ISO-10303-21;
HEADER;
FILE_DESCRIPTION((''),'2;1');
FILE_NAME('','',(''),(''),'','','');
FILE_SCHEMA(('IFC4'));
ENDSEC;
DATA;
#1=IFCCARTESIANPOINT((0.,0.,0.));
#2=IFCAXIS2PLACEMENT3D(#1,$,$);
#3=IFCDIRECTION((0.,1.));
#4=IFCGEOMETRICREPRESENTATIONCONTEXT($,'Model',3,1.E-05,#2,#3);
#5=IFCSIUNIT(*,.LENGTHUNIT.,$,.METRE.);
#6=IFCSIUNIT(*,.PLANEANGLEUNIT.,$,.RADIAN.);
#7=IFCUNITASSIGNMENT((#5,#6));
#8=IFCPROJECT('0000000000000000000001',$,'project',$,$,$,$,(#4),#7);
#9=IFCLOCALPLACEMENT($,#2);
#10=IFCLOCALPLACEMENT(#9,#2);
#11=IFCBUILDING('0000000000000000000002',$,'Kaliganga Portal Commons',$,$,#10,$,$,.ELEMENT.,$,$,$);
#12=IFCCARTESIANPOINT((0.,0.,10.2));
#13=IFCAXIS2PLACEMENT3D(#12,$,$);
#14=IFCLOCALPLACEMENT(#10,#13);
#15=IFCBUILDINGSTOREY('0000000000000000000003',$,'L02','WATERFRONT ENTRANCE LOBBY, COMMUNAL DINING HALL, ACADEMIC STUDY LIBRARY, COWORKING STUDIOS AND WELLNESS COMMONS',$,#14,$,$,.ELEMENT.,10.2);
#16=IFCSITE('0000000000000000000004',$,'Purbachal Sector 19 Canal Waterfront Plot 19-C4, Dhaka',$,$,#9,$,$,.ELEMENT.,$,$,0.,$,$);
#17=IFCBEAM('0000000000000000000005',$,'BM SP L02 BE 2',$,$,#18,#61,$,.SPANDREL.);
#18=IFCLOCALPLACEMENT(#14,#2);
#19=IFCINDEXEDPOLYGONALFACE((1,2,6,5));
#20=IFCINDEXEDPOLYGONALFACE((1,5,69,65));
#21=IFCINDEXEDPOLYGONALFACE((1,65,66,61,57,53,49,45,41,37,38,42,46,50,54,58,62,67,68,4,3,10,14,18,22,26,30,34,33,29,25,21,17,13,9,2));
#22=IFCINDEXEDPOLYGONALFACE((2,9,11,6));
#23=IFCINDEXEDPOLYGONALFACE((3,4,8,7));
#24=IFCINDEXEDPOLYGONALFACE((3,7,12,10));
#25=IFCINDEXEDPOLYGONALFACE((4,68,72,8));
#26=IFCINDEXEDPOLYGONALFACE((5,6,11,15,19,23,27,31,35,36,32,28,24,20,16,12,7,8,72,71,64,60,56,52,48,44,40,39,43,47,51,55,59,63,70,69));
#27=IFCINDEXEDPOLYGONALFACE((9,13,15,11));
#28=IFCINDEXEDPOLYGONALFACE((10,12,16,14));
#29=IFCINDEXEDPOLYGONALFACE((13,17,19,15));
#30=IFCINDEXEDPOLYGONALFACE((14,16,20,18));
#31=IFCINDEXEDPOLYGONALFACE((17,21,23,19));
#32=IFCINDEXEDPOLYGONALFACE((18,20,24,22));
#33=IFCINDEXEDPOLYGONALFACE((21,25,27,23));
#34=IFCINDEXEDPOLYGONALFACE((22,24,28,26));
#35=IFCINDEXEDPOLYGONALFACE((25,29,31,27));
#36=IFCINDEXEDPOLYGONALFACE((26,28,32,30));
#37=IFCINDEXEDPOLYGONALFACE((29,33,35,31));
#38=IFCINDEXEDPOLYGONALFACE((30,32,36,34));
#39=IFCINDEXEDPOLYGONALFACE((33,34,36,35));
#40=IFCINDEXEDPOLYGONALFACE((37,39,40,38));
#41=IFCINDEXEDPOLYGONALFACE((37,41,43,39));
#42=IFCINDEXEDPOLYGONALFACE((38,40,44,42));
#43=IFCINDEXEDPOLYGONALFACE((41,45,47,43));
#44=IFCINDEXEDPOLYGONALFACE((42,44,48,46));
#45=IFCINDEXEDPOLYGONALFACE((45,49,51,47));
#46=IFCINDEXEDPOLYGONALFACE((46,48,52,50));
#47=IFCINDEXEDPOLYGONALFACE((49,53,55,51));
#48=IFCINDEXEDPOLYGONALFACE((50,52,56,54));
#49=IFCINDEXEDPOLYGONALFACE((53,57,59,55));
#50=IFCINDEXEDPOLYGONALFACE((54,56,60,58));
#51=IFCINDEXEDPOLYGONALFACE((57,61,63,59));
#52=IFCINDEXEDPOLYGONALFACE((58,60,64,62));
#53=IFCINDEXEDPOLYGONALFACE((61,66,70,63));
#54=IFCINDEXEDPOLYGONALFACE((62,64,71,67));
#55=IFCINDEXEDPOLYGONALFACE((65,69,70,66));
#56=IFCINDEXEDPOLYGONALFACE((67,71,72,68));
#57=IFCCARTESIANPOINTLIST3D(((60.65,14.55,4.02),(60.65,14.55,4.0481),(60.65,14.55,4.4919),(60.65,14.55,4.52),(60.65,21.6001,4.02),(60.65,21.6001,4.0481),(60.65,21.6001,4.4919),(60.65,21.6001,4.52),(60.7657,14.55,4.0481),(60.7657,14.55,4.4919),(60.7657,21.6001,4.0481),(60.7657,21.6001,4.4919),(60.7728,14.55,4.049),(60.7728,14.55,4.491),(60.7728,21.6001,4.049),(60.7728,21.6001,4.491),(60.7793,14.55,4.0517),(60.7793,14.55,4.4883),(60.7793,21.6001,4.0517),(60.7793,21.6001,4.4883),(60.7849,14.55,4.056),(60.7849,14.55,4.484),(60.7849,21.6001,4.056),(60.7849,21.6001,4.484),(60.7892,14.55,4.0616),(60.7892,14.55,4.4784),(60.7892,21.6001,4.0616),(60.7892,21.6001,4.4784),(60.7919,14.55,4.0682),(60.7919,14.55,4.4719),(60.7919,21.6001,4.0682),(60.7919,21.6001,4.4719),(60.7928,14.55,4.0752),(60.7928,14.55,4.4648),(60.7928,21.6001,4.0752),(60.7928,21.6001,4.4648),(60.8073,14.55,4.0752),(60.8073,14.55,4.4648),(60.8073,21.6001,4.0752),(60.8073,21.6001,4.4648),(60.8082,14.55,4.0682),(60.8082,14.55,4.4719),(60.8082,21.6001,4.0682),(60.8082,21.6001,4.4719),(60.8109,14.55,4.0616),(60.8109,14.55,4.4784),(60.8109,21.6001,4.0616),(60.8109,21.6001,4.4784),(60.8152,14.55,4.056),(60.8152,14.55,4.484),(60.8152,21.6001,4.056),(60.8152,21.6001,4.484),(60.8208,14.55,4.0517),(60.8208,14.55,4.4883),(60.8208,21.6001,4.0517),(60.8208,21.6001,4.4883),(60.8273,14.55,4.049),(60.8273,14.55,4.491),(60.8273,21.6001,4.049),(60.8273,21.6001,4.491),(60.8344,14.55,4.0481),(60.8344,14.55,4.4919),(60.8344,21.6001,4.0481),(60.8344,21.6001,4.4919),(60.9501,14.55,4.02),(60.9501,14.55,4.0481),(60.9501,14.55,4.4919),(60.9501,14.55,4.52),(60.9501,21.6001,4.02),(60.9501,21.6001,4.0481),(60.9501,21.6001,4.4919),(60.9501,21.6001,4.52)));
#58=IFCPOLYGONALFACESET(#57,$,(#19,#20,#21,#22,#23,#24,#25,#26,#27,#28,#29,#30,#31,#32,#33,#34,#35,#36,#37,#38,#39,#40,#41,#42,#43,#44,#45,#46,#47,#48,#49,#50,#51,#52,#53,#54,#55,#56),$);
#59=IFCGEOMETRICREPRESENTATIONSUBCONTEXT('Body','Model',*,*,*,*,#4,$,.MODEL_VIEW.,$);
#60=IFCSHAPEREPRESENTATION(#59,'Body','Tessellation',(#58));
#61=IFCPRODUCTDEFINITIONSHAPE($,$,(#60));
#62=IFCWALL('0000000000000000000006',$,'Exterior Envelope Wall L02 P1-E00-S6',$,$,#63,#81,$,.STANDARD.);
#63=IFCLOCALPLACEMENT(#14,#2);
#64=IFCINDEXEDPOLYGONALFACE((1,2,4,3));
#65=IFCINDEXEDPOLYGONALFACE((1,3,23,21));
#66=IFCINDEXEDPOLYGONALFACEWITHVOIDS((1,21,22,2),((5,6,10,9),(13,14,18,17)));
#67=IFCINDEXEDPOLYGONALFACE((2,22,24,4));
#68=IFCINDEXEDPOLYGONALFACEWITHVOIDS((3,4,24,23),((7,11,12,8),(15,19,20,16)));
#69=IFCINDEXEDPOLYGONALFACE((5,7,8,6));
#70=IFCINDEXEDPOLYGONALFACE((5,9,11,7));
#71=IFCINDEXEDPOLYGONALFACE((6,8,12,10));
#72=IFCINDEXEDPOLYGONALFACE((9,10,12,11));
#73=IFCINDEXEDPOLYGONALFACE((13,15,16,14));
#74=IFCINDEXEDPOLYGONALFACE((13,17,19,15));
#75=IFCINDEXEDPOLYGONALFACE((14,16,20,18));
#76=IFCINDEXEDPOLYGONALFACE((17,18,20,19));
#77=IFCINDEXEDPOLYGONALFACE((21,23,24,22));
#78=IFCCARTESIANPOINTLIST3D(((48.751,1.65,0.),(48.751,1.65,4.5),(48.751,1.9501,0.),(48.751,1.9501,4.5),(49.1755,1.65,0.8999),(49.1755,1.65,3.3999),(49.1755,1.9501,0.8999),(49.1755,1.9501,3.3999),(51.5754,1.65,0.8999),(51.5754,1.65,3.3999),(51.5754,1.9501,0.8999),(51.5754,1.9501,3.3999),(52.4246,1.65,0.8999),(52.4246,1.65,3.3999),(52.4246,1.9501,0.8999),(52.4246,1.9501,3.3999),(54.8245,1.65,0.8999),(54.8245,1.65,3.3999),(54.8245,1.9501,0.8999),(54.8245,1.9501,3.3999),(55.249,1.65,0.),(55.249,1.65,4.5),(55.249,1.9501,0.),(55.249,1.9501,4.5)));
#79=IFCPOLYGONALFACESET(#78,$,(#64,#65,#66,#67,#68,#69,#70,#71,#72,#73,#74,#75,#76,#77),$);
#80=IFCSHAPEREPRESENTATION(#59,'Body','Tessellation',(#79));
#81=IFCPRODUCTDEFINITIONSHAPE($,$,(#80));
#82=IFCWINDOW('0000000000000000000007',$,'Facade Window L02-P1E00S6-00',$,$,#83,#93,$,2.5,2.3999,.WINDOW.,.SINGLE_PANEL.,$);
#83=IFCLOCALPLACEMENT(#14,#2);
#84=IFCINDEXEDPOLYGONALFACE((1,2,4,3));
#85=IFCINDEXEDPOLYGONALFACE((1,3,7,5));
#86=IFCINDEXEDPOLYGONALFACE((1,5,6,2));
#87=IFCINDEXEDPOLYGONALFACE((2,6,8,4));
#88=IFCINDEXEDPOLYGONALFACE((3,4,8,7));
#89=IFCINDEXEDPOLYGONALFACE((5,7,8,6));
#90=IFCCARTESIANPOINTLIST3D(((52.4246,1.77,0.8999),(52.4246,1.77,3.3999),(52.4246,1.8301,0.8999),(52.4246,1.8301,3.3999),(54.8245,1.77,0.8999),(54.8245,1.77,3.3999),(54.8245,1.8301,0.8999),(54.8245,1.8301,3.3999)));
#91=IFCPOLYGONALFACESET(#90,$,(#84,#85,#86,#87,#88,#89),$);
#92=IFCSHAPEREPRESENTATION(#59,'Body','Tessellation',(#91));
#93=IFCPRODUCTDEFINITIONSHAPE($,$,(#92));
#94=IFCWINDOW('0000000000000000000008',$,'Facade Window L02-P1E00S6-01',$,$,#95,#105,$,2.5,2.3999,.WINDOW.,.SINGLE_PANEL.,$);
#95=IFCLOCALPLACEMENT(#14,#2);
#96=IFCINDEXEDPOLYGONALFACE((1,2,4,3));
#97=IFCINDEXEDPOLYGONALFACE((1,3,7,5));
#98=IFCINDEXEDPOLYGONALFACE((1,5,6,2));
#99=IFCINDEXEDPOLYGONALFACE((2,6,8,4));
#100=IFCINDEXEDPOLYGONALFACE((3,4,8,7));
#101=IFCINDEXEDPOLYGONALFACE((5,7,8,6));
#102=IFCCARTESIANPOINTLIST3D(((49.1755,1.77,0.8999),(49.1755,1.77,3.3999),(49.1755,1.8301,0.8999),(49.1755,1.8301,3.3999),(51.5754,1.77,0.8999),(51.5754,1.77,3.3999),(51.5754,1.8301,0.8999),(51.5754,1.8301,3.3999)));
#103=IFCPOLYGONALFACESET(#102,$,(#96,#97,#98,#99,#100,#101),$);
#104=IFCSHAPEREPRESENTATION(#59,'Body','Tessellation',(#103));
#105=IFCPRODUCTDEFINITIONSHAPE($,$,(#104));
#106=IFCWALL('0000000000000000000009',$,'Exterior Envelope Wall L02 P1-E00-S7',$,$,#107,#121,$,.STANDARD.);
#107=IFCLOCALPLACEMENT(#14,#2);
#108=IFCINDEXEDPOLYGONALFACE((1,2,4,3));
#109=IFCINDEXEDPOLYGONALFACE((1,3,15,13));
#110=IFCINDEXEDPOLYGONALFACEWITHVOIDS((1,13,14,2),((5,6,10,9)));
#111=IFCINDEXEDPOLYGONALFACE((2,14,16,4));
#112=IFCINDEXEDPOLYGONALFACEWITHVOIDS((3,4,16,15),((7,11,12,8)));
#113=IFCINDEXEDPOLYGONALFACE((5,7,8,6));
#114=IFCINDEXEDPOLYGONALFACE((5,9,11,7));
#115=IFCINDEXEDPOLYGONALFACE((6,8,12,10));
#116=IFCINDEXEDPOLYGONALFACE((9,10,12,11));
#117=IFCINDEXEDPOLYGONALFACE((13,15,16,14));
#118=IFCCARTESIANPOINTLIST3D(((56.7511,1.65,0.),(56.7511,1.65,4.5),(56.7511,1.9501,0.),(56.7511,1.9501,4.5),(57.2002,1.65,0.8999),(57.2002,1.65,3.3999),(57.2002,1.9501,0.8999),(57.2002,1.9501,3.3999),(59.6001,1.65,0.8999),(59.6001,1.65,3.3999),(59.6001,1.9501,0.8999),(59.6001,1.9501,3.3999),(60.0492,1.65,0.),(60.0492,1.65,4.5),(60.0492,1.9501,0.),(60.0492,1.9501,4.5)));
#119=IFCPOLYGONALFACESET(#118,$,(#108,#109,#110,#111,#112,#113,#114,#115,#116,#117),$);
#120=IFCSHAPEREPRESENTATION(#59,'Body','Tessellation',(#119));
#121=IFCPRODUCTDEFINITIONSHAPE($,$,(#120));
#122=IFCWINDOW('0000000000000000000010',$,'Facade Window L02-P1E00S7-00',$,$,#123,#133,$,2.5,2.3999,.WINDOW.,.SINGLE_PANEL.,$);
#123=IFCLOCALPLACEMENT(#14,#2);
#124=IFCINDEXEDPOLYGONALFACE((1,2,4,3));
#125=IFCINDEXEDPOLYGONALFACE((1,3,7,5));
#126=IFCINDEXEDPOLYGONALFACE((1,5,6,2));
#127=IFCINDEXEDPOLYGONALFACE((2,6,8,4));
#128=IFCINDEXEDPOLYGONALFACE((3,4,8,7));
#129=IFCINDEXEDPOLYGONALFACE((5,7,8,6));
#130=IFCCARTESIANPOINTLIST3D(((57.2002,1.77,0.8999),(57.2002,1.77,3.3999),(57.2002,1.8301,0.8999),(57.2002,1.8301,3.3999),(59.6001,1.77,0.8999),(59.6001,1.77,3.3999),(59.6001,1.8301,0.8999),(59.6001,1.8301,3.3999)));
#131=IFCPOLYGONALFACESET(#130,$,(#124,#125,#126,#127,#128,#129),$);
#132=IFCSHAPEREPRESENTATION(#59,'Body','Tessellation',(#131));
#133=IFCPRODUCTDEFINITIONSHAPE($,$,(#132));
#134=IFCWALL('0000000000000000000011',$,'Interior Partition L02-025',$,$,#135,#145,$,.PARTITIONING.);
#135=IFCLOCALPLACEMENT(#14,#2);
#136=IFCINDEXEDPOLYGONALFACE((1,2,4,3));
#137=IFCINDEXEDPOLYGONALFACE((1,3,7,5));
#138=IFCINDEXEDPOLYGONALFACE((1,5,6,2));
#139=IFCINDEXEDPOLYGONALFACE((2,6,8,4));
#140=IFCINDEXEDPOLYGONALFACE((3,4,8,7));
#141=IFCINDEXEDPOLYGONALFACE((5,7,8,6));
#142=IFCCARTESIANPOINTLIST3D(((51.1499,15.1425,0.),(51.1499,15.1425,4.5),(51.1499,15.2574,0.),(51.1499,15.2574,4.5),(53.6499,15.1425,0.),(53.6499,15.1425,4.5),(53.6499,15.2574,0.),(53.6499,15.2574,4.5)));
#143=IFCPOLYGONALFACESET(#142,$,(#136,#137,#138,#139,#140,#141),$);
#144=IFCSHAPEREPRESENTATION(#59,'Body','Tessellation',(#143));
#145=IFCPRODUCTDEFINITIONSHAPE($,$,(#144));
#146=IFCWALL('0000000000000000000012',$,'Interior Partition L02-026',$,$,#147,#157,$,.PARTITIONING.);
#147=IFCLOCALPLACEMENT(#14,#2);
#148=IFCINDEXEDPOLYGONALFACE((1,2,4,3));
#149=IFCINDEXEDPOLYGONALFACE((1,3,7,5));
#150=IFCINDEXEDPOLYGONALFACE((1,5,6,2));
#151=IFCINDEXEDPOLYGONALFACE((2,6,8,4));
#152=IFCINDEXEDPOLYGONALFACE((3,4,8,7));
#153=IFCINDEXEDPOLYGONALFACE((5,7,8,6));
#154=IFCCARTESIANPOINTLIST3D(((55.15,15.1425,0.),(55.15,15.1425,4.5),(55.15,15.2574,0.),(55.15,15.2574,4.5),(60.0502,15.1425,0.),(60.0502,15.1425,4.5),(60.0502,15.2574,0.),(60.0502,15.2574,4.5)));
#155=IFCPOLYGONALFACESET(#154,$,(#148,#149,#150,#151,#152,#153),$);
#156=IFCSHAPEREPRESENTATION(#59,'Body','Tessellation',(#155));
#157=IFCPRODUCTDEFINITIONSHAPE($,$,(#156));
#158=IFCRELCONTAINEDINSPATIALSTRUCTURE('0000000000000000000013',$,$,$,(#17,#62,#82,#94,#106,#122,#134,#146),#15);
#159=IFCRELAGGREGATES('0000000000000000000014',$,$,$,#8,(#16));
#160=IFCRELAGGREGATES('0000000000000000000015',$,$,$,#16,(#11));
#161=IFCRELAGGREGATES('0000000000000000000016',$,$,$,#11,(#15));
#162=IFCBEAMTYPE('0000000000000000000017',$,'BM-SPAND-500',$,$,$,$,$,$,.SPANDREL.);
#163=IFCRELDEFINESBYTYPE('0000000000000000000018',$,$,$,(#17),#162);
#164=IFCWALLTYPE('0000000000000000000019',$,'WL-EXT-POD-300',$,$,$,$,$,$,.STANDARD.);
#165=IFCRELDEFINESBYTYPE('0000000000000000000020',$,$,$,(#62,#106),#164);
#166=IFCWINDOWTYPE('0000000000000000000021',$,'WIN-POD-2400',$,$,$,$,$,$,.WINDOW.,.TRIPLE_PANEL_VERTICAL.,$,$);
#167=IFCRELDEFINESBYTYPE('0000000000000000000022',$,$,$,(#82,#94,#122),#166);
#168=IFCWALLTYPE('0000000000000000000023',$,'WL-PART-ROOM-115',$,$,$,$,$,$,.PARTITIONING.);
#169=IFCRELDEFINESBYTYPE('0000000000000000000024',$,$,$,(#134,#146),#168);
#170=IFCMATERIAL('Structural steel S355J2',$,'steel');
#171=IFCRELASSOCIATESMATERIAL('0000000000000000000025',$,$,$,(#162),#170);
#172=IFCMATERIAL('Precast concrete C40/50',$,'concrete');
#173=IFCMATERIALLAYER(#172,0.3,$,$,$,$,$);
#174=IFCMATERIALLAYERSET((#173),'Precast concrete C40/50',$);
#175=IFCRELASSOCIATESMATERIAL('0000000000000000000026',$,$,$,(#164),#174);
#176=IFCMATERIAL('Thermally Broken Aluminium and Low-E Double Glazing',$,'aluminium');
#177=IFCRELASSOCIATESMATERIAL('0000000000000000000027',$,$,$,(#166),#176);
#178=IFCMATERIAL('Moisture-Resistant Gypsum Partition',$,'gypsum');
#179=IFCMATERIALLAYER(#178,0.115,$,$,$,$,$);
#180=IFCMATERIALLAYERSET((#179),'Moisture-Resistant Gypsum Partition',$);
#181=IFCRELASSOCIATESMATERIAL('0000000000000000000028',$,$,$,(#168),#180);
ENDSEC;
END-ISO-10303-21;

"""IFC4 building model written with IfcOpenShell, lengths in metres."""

from ifc_helpers import new_model, si_unit, direction, frame, frame_2d, origin, origin_2d, place, context, subcontext, project, spatial, rectangle, i_section, extrude, source, transform, mapped, material, layer, layer_set, material_profile, profile_set, type_object, element, fill, save


model = new_model("IFC4")

# Units and contexts
model_context = context("Model", 3, precision=1e-05, world=origin(), true_north=direction((0.0, 1.0)))
body_context = subcontext(model_context, "Body", "Model", "MODEL_VIEW")
ifc_project = project(units=[si_unit("LENGTHUNIT", "METRE"), si_unit("PLANEANGLEUNIT", "RADIAN")], contexts=[model_context])

# Site, building, storey
site_placement = place(None, origin())
site = spatial("IfcSite", under=ifc_project, at=site_placement, Name="Purbachal Sector 19 Canal Waterfront Plot 19-C4, Dhaka", CompositionType="ELEMENT", RefElevation=0.0)
building_placement = place(site_placement, origin())
building = spatial("IfcBuilding", under=site, at=building_placement, Name="Kaliganga Portal Commons", CompositionType="ELEMENT")
storey_placement = place(building_placement, frame((0.0, 0.0, 10.2)))
storey = spatial("IfcBuildingStorey", under=building, at=storey_placement, Name="L02", Description="WATERFRONT ENTRANCE LOBBY, COMMUNAL DINING HALL, ACADEMIC STUDY LIBRARY, COWORKING STUDIOS AND WELLNESS COMMONS", CompositionType="ELEMENT", Elevation=10.2)

# Beam
ifc_material_1 = material(Name="Structural steel S355J2", Category="steel")
ifc_material_profile_1 = material_profile(ifc_material_1, i_section(OverallWidth=0.3, OverallDepth=0.5, WebThickness=0.0144, FlangeThickness=0.0281, FilletRadius=0.0271, at=origin_2d()), Name="HE 500 B")
ifc_profile_set_1 = profile_set([ifc_material_profile_1], Name="Structural steel S355J2 wide-flange")
beam_type_1 = type_object("IfcBeamType", Name="BM-SPAND-500", PredefinedType="SPANDREL", material=ifc_profile_set_1)
shared_shape_1 = source(origin(), body_context, "Body", "SweptSolid", [
    extrude(i_section(OverallWidth=0.3, OverallDepth=0.5, WebThickness=0.0144, FlangeThickness=0.0281, FilletRadius=0.0271, at=origin_2d()), origin(), (0.0, 0.0, 1.0), 7.05),
])
beam_1_placement = place(storey_placement, frame((60.8, 14.55, 4.27), z_axis=(0.0, 1.0, 0.0), x_axis=(-1.0, 0.0, 0.0)))
element("IfcBeam", 1, at=beam_1_placement, inside=storey, type_object=beam_type_1, Name="BM SP L02 BE 2", PredefinedType="SPANDREL", context=body_context, shape_type="MappedRepresentation", body=[
    mapped(shared_shape_1, transform((0.0, 0.0, 0.0), x_axis=(1.0, 0.0, 0.0), y_axis=(0.0, 1.0, 0.0), z_axis=(0.0, 0.0, 1.0), scale=1.0)),
])

# Wall, openings, windows
ifc_material_2 = material(Name="Precast concrete C40/50", Category="concrete")
ifc_layer_1 = layer(ifc_material_2, 0.3)
ifc_layer_set_1 = layer_set([ifc_layer_1], Name="Precast concrete C40/50")
wall_type_1 = type_object("IfcWallType", Name="WL-EXT-POD-300", PredefinedType="STANDARD", material=ifc_layer_set_1)
wall_1_placement = place(storey_placement, frame((55.249, 1.8, 0.0), z_axis=(0.0, 0.0, 1.0), x_axis=(-1.0, 0.0, 0.0)))
wall_1 = element("IfcWall", 2, at=wall_1_placement, inside=storey, type_object=wall_type_1, Name="Exterior Envelope Wall L02 P1-E00-S6", PredefinedType="STANDARD", context=body_context, shape_type="SweptSolid", body=[
    extrude(rectangle(XDim=6.498, YDim=0.3, at=frame_2d((3.249, 0.0))), origin(), (0.0, 0.0, 1.0), 4.5),
])
opening_1_placement = place(wall_1_placement, frame((0.4246, 0.0, 0.8999)))
opening_1 = element("IfcOpeningElement", 3, at=opening_1_placement, cuts=wall_1, PredefinedType="OPENING", context=body_context, shape_type="SweptSolid", body=[
    extrude(rectangle(XDim=2.3999, YDim=2.5, at=frame_2d((1.2, 1.25))), frame((0.0, 0.1602, 0.0), z_axis=(0.0, -1.0, 0.0), x_axis=(1.0, 0.0, 0.0)), (0.0, 0.0, 1.0), 0.3201),
])
opening_2_placement = place(wall_1_placement, frame((3.6736, 0.0, 0.8999)))
opening_2 = element("IfcOpeningElement", 4, at=opening_2_placement, cuts=wall_1, PredefinedType="OPENING", context=body_context, shape_type="SweptSolid", body=[
    extrude(rectangle(XDim=2.3999, YDim=2.5, at=frame_2d((1.2, 1.25))), frame((0.0, 0.1602, 0.0), z_axis=(0.0, -1.0, 0.0), x_axis=(1.0, 0.0, 0.0)), (0.0, 0.0, 1.0), 0.3201),
])
ifc_material_3 = material(Name="Thermally Broken Aluminium and Low-E Double Glazing", Category="aluminium")
window_type = type_object("IfcWindowType", Name="WIN-POD-2400", PartitioningType="TRIPLE_PANEL_VERTICAL", PredefinedType="WINDOW", material=ifc_material_3)
window_1_placement = place(opening_1_placement, origin())
window_1 = element("IfcWindow", 5, at=window_1_placement, inside=storey, type_object=window_type, Name="Facade Window L02-P1E00S6-00", OverallHeight=2.5, OverallWidth=2.3999, PartitioningType="SINGLE_PANEL", PredefinedType="WINDOW", context=body_context, shape_type="SweptSolid", body=[
    extrude(rectangle(XDim=2.3999, YDim=2.5, at=frame_2d((1.2, 1.25))), frame((0.0, 0.03, 0.0), z_axis=(0.0, -1.0, 0.0), x_axis=(1.0, 0.0, 0.0)), (0.0, 0.0, 1.0), 0.0601),
])
fill(opening_1, window_1)
window_2_placement = place(opening_2_placement, origin())
window_2 = element("IfcWindow", 6, at=window_2_placement, inside=storey, type_object=window_type, Name="Facade Window L02-P1E00S6-01", OverallHeight=2.5, OverallWidth=2.3999, PartitioningType="SINGLE_PANEL", PredefinedType="WINDOW", context=body_context, shape_type="SweptSolid", body=[
    extrude(rectangle(XDim=2.3999, YDim=2.5, at=frame_2d((1.2, 1.25))), frame((0.0, 0.03, 0.0), z_axis=(0.0, -1.0, 0.0), x_axis=(1.0, 0.0, 0.0)), (0.0, 0.0, 1.0), 0.0601),
])
fill(opening_2, window_2)

# Wall, opening, window
wall_2_placement = place(storey_placement, frame((60.0491, 1.8, 0.0), z_axis=(0.0, 0.0, 1.0), x_axis=(-1.0, 0.0, 0.0)))
wall_2 = element("IfcWall", 7, at=wall_2_placement, inside=storey, type_object=wall_type_1, Name="Exterior Envelope Wall L02 P1-E00-S7", PredefinedType="STANDARD", context=body_context, shape_type="SweptSolid", body=[
    extrude(rectangle(XDim=3.2981, YDim=0.3, at=frame_2d((1.6489, 0.0))), origin(), (0.0, 0.0, 1.0), 4.5),
])
opening_3_placement = place(wall_2_placement, frame((0.449, 0.0, 0.8999)))
opening_3 = element("IfcOpeningElement", 8, at=opening_3_placement, cuts=wall_2, PredefinedType="OPENING", context=body_context, shape_type="SweptSolid", body=[
    extrude(rectangle(XDim=2.3999, YDim=2.5, at=frame_2d((1.2, 1.25))), frame((0.0, 0.1602, 0.0), z_axis=(0.0, -1.0, 0.0), x_axis=(1.0, 0.0, 0.0)), (0.0, 0.0, 1.0), 0.3201),
])
window_3_placement = place(opening_3_placement, origin())
window_3 = element("IfcWindow", 9, at=window_3_placement, inside=storey, type_object=window_type, Name="Facade Window L02-P1E00S7-00", OverallHeight=2.5, OverallWidth=2.3999, PartitioningType="SINGLE_PANEL", PredefinedType="WINDOW", context=body_context, shape_type="SweptSolid", body=[
    extrude(rectangle(XDim=2.3999, YDim=2.5, at=frame_2d((1.2, 1.25))), frame((0.0, 0.03, 0.0), z_axis=(0.0, -1.0, 0.0), x_axis=(1.0, 0.0, 0.0)), (0.0, 0.0, 1.0), 0.0601),
])
fill(opening_3, window_3)

# Walls
ifc_material_4 = material(Name="Moisture-Resistant Gypsum Partition", Category="gypsum")
ifc_layer_2 = layer(ifc_material_4, 0.115)
ifc_layer_set_2 = layer_set([ifc_layer_2], Name="Moisture-Resistant Gypsum Partition")
wall_type_2 = type_object("IfcWallType", Name="WL-PART-ROOM-115", PredefinedType="PARTITIONING", material=ifc_layer_set_2)
wall_3_placement = place(storey_placement, frame((51.1499, 15.2, 0.0), z_axis=(0.0, 0.0, 1.0), x_axis=(1.0, 0.0, 0.0)))
element("IfcWall", 10, at=wall_3_placement, inside=storey, type_object=wall_type_2, Name="Interior Partition L02-025", PredefinedType="PARTITIONING", context=body_context, shape_type="SweptSolid", body=[
    extrude(rectangle(XDim=2.5, YDim=0.115, at=frame_2d((1.25, 0.0))), origin(), (0.0, 0.0, 1.0), 4.5),
])
wall_4_placement = place(storey_placement, frame((55.1499, 15.2, 0.0), z_axis=(0.0, 0.0, 1.0), x_axis=(1.0, 0.0, 0.0)))
element("IfcWall", 11, at=wall_4_placement, inside=storey, type_object=wall_type_2, Name="Interior Partition L02-026", PredefinedType="PARTITIONING", context=body_context, shape_type="SweptSolid", body=[
    extrude(rectangle(XDim=4.9001, YDim=0.115, at=frame_2d((2.4502, 0.0))), origin(), (0.0, 0.0, 1.0), 4.5),
])

save(model, "model.ifc")
